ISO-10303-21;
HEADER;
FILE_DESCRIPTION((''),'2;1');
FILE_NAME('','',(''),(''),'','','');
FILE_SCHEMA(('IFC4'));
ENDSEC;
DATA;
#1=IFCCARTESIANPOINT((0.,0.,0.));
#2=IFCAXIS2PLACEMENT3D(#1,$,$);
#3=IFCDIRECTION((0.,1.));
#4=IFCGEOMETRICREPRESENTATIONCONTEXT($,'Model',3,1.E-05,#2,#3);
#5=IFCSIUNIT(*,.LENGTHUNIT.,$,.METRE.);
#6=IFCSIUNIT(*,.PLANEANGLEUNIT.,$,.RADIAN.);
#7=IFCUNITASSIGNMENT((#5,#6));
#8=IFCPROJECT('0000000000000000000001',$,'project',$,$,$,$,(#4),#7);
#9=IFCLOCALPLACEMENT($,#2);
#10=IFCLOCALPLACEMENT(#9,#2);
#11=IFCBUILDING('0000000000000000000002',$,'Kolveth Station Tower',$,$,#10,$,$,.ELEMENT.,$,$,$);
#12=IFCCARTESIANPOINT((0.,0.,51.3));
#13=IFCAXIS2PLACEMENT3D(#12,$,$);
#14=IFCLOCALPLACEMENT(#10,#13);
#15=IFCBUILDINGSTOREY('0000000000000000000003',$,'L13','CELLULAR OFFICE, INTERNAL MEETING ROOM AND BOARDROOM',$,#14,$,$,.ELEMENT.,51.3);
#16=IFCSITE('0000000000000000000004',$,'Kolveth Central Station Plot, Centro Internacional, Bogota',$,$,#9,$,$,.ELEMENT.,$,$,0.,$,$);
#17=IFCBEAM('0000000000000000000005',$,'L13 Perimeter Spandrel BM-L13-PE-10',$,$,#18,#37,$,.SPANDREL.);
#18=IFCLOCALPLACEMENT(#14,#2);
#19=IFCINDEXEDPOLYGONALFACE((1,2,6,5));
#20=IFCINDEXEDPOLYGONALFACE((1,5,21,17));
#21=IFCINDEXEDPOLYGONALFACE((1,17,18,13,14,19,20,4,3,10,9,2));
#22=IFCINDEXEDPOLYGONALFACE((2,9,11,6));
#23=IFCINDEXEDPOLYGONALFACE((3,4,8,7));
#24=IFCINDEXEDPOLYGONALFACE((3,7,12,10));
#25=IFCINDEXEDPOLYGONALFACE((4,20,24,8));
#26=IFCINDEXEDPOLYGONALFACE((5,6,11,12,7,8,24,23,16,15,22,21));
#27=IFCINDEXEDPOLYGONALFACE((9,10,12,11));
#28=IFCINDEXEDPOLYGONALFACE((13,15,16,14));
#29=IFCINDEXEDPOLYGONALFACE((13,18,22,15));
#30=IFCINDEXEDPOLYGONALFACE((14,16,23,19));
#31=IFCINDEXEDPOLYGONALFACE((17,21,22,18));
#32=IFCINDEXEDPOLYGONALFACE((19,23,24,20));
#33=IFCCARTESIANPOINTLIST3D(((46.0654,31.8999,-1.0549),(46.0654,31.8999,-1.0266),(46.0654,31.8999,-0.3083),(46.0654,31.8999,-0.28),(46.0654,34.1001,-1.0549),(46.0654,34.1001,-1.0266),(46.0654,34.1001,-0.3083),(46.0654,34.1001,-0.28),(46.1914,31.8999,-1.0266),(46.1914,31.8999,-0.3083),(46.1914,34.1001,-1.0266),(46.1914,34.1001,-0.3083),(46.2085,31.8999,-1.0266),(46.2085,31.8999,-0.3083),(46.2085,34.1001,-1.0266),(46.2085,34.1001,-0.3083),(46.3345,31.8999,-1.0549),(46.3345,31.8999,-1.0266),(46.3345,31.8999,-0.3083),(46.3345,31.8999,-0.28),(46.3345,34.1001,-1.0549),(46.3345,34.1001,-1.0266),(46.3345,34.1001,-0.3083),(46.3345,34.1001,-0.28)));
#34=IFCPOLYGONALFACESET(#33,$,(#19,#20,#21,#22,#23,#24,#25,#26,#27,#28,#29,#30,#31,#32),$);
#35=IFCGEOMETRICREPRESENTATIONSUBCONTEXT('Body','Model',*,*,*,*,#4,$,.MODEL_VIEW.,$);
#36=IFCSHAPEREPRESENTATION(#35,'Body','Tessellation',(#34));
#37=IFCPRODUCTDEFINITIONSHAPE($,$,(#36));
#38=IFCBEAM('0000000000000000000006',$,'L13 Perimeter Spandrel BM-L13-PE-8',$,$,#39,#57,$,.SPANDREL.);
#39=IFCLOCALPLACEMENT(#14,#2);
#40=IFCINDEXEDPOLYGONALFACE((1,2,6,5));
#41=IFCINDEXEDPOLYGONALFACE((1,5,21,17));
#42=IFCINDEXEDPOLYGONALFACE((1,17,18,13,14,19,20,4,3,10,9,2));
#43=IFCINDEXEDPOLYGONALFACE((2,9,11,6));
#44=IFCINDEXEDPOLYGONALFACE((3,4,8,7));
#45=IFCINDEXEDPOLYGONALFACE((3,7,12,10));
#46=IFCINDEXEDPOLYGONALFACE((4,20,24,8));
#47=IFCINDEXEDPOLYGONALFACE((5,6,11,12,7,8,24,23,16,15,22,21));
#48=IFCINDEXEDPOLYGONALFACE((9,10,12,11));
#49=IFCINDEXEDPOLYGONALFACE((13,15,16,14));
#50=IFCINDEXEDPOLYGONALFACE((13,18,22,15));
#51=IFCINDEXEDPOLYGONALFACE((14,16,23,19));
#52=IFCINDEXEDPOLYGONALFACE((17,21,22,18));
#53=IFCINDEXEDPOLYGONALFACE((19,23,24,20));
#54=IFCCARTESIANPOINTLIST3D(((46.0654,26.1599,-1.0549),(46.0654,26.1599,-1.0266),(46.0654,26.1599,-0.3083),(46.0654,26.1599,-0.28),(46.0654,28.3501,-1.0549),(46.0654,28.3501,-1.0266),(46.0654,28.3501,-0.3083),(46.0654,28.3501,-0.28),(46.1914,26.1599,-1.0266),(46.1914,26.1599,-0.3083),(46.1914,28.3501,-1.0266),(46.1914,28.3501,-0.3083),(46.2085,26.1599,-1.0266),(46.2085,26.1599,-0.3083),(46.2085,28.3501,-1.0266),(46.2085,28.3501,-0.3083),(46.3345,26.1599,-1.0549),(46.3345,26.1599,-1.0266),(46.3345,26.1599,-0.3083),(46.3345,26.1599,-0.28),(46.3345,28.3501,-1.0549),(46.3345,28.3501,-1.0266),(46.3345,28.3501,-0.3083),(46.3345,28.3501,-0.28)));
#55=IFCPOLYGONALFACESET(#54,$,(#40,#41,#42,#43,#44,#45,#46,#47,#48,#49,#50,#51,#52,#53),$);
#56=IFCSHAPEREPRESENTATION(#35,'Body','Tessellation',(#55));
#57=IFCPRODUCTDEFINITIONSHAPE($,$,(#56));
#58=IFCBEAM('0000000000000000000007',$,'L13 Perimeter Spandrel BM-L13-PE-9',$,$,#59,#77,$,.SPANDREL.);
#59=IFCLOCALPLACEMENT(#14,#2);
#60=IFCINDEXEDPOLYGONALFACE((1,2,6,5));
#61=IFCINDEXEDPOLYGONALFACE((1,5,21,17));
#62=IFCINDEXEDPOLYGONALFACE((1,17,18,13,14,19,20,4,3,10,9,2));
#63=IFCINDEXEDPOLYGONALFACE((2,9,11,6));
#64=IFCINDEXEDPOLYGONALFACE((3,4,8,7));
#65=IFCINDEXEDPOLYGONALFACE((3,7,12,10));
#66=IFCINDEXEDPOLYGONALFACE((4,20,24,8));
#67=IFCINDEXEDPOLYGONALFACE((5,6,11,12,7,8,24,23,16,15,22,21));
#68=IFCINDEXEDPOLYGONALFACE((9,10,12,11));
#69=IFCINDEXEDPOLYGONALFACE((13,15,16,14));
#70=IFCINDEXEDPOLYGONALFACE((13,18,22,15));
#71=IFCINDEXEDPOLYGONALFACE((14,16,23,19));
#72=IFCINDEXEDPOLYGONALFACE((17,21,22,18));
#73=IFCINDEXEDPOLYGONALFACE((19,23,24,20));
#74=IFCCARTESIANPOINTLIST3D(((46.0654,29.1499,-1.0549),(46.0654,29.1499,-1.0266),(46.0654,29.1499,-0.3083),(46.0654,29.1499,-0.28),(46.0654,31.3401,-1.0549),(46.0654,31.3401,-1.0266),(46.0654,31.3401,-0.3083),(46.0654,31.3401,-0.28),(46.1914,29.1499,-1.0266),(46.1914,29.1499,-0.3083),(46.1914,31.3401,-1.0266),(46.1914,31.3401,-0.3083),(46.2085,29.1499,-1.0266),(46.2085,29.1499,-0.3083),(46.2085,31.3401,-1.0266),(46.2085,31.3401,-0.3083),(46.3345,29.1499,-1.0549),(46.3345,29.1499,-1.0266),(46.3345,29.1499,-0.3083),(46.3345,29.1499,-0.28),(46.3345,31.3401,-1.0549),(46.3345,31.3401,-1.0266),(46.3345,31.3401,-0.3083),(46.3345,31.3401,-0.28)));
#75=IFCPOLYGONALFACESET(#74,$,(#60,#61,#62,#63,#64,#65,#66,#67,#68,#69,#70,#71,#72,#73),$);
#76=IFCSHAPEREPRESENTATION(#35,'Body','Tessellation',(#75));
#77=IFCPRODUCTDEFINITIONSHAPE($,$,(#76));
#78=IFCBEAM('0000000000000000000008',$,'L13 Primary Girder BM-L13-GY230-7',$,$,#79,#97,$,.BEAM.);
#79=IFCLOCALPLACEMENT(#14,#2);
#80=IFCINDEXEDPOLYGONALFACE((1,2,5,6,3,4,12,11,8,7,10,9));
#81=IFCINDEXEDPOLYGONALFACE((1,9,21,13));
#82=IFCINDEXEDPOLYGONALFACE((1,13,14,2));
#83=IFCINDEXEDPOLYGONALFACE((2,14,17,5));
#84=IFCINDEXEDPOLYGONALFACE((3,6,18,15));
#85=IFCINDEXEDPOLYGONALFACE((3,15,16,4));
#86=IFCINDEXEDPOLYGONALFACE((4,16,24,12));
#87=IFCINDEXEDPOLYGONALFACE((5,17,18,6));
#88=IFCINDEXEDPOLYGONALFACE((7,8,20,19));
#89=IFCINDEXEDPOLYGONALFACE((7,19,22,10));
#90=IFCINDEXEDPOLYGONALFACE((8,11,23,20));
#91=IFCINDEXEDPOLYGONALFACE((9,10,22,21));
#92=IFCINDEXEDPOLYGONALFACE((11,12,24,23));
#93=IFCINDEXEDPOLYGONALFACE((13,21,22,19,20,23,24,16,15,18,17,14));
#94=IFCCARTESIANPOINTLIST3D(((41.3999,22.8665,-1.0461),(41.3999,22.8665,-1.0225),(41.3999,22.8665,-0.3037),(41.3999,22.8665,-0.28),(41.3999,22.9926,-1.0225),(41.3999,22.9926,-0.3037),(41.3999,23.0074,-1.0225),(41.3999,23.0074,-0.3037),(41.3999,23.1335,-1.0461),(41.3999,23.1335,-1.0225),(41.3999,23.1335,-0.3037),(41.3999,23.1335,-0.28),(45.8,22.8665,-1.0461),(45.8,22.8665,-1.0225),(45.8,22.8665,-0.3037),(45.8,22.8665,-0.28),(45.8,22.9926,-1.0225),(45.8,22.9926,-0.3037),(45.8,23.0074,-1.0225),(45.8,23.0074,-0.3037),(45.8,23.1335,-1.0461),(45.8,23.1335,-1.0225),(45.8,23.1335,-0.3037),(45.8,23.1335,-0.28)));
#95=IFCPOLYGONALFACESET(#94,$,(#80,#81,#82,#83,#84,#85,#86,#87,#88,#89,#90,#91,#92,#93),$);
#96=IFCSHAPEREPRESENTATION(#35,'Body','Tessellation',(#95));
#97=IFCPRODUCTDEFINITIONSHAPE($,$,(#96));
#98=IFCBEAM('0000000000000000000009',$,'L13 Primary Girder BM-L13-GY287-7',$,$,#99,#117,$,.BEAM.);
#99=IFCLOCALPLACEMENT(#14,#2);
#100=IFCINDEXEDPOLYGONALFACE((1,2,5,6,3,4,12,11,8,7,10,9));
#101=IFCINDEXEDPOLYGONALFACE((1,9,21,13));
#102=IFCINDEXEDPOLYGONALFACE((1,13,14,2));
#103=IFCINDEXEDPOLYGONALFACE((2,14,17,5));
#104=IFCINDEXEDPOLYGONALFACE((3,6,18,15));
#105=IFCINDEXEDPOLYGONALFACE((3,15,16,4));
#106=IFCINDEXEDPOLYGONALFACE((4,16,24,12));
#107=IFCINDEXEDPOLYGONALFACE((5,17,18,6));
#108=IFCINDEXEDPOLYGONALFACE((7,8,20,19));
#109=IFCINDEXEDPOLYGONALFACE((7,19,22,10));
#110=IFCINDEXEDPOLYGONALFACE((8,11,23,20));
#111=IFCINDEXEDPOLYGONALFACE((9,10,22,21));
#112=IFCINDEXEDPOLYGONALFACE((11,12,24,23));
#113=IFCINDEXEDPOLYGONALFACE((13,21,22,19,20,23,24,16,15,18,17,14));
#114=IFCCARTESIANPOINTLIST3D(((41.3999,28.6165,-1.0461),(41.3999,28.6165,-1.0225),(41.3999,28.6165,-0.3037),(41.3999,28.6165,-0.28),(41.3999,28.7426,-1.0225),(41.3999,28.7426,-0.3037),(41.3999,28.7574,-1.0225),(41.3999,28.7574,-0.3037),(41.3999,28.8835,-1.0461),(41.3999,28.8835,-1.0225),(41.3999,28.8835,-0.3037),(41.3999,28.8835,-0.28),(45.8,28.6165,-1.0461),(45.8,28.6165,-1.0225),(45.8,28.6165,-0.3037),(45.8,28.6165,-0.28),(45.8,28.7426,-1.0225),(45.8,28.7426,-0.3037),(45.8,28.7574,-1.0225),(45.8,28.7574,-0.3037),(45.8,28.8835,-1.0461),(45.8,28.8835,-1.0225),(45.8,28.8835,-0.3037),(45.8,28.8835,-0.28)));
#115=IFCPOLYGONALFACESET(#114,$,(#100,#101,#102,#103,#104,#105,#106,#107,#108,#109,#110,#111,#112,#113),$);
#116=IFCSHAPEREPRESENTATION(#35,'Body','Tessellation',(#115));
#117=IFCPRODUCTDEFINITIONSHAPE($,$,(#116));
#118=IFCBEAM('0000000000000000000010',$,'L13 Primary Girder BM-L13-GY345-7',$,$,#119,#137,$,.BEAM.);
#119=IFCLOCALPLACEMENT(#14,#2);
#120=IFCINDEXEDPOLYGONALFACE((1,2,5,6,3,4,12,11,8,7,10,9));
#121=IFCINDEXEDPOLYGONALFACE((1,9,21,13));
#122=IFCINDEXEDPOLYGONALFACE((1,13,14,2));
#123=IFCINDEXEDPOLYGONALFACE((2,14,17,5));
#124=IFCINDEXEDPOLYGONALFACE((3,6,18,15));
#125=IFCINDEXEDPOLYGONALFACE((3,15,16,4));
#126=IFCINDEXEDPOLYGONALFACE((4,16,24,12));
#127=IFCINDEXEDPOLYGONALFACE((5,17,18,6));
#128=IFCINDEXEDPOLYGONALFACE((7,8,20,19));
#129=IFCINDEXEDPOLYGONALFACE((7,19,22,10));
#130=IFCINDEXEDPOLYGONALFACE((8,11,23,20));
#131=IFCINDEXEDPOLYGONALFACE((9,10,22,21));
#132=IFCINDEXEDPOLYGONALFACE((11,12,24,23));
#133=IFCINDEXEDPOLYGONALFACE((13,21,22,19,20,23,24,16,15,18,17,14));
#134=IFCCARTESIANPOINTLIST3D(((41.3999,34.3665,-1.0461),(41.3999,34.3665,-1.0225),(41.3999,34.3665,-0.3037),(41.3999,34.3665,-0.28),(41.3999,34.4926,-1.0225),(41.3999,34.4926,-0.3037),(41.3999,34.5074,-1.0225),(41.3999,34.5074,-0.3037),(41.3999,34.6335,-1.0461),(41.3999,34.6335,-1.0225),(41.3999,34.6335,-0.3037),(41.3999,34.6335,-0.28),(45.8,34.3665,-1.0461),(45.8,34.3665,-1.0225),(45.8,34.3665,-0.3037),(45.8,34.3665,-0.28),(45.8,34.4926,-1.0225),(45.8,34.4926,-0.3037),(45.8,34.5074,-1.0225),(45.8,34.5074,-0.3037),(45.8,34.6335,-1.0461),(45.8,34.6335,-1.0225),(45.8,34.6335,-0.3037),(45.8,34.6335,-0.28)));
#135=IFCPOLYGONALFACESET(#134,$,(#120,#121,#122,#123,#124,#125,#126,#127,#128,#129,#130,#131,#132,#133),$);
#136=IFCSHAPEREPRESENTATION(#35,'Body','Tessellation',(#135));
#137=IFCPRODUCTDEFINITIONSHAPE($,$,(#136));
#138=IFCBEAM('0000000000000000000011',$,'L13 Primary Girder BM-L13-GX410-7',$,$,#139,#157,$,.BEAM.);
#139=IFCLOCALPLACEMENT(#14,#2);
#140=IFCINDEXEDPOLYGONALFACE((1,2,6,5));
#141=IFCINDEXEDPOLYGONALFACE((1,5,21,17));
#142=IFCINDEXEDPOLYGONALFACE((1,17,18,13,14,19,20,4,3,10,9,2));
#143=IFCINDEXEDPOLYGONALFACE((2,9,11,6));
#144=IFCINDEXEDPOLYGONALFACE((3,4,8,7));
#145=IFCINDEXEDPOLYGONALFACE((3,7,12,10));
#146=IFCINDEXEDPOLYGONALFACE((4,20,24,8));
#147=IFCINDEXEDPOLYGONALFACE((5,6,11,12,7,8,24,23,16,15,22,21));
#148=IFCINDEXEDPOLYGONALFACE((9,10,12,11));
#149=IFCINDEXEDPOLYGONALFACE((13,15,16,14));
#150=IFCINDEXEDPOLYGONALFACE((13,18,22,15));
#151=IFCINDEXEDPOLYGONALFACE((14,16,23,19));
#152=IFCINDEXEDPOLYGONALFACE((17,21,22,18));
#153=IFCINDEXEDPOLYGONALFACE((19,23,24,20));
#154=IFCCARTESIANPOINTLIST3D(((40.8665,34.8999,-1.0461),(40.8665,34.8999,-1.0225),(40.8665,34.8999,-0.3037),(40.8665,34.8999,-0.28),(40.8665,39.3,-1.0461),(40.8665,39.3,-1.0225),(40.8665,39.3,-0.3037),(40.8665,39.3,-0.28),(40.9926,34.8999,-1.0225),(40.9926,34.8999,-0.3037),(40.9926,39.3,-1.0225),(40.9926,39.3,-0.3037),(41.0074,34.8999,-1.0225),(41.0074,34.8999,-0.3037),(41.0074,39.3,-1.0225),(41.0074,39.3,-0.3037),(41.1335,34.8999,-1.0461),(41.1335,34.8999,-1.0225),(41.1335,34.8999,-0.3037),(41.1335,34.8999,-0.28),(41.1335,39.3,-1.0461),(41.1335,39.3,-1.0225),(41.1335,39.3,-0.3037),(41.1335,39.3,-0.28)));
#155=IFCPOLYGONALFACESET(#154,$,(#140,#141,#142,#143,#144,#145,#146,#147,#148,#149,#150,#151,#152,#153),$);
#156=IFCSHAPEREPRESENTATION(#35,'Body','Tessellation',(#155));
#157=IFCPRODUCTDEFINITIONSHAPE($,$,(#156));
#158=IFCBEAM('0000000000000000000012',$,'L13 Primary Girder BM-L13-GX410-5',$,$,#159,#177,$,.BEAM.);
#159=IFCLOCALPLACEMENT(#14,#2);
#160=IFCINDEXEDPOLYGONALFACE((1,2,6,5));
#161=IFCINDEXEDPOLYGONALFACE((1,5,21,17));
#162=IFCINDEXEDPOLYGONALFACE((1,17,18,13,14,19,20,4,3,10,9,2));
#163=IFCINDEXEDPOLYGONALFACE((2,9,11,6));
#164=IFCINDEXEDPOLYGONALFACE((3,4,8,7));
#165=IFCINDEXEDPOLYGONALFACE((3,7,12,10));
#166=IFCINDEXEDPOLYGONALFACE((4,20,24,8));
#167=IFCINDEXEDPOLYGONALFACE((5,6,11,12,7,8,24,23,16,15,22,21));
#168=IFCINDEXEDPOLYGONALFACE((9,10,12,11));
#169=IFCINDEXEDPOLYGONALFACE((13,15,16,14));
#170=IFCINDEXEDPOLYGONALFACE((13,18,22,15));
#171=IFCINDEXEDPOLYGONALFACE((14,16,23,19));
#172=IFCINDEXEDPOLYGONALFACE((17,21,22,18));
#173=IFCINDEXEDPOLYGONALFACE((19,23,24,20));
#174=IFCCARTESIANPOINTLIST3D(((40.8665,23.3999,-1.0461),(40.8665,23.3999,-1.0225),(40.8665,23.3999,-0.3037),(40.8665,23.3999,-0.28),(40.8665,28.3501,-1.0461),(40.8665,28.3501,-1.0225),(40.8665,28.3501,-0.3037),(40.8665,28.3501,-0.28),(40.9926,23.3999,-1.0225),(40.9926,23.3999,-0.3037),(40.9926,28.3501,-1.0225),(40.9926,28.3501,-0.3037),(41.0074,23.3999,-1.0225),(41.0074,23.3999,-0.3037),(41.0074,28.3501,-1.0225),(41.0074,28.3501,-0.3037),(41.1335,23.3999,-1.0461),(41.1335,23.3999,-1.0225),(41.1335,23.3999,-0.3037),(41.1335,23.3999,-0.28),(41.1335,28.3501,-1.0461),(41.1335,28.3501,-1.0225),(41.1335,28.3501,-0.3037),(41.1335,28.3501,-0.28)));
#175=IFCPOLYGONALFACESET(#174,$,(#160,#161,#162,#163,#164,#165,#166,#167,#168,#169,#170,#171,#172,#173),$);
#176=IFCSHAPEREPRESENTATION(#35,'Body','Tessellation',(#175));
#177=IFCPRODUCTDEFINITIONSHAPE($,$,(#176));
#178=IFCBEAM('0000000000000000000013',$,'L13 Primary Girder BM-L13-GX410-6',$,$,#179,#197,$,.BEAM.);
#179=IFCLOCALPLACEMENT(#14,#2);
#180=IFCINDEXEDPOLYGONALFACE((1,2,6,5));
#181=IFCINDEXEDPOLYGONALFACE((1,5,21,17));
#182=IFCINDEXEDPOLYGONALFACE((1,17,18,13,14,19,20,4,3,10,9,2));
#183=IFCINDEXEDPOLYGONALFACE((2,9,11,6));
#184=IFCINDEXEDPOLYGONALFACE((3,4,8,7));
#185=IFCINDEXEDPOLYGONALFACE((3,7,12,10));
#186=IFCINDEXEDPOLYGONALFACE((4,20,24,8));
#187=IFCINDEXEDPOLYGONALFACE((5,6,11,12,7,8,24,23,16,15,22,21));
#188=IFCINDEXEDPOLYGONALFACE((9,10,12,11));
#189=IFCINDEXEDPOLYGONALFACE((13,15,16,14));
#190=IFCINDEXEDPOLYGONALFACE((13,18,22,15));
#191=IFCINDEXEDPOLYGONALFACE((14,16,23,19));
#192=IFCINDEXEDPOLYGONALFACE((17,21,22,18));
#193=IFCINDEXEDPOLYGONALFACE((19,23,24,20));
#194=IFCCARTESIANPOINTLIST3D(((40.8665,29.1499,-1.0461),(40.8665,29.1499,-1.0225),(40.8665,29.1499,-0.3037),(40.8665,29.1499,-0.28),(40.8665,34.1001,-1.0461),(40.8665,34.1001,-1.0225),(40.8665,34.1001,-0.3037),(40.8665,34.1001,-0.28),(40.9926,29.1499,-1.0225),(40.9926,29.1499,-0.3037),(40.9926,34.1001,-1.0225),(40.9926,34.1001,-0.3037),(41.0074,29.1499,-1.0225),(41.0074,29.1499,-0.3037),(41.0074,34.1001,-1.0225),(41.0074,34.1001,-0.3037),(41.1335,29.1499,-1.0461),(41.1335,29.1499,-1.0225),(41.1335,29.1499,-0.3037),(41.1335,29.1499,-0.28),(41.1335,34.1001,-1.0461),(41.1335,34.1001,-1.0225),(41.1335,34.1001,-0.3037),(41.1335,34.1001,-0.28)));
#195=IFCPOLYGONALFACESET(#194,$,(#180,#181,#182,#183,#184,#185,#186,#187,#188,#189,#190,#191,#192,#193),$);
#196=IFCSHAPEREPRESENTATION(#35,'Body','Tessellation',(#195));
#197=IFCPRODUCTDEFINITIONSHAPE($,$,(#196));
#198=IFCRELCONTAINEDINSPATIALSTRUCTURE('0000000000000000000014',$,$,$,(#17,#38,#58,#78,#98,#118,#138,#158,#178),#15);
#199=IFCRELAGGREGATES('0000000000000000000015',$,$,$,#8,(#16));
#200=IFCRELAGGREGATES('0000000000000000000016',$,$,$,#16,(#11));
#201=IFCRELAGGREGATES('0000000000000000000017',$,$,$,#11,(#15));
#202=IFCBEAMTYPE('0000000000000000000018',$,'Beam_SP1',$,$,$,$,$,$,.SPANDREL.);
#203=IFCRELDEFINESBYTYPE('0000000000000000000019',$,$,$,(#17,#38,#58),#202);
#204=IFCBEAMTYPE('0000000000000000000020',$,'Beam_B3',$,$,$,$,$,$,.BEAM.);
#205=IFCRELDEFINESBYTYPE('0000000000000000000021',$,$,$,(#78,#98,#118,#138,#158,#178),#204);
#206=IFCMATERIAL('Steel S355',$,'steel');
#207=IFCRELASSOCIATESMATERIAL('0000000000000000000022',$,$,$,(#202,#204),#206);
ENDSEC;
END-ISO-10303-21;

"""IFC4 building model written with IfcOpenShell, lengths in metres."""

from ifc_helpers import new_model, si_unit, direction, frame, origin, origin_2d, place, context, subcontext, project, spatial, i_section, extrude, source, transform, mapped, material, material_profile, profile_set, type_object, element, save


model = new_model("IFC4")

# Units and contexts
model_context = context("Model", 3, precision=1e-05, world=origin(), true_north=direction((0.0, 1.0)))
body_context = subcontext(model_context, "Body", "Model", "MODEL_VIEW")
ifc_project = project(units=[si_unit("LENGTHUNIT", "METRE"), si_unit("PLANEANGLEUNIT", "RADIAN")], contexts=[model_context])

# Site, building, storey
site_placement = place(None, origin())
site = spatial("IfcSite", under=ifc_project, at=site_placement, Name="Kolveth Central Station Plot, Centro Internacional, Bogota", CompositionType="ELEMENT", RefElevation=0.0)
building_placement = place(site_placement, origin())
building = spatial("IfcBuilding", under=site, at=building_placement, Name="Kolveth Station Tower", CompositionType="ELEMENT")
storey_placement = place(building_placement, frame((0.0, 0.0, 51.3)))
storey = spatial("IfcBuildingStorey", under=building, at=storey_placement, Name="L13", Description="CELLULAR OFFICE, INTERNAL MEETING ROOM AND BOARDROOM", CompositionType="ELEMENT", Elevation=51.3)

# Shared definitions
ifc_material_1 = material(Name="Steel S355", Category="steel")

# Beams
ifc_material_profile_1 = material_profile(ifc_material_1, i_section(OverallWidth=0.269, OverallDepth=0.7749, WebThickness=0.0171, FlangeThickness=0.0283, at=origin_2d()), Name="W760x220")
ifc_profile_set_1 = profile_set([ifc_material_profile_1], Name="Steel S355")
beam_type_1 = type_object("IfcBeamType", Name="Beam_SP1", PredefinedType="SPANDREL", material=ifc_profile_set_1)
shared_shape_1 = source(origin(), body_context, "Body", "SweptSolid", [
    extrude(i_section(OverallWidth=0.269, OverallDepth=0.7749, WebThickness=0.0171, FlangeThickness=0.0283, at=origin_2d()), origin(), (0.0, 0.0, 1.0), 2.2002),
])
for number, where, z_axis, x_axis, name in (
    (1, (46.2, 31.8999, -0.6675), (0.0, 1.0, 0.0), (-1.0, 0.0, 0.0), "L13 Perimeter Spandrel BM-L13-PE-10"),
):
    element("IfcBeam", number, at=place(storey_placement, frame(where, z_axis=z_axis, x_axis=x_axis)), inside=storey, type_object=beam_type_1, Name=name, PredefinedType="SPANDREL", context=body_context, shape_type="MappedRepresentation", body=[
        mapped(shared_shape_1, transform((0.0, 0.0, 0.0), x_axis=(1.0, 0.0, 0.0), y_axis=(0.0, 1.0, 0.0), z_axis=(0.0, 0.0, 1.0), scale=1.0)),
    ])
shared_shape_2 = source(origin(), body_context, "Body", "SweptSolid", [
    extrude(i_section(OverallWidth=0.269, OverallDepth=0.7749, WebThickness=0.0171, FlangeThickness=0.0283, at=origin_2d()), origin(), (0.0, 0.0, 1.0), 2.1902),
])
for number, where, z_axis, x_axis, name in (
    (2, (46.2, 26.1599, -0.6675), (0.0, 1.0, 0.0), (-1.0, 0.0, 0.0), "L13 Perimeter Spandrel BM-L13-PE-8"),
    (3, (46.2, 29.1499, -0.6675), (0.0, 1.0, 0.0), (-1.0, 0.0, 0.0), "L13 Perimeter Spandrel BM-L13-PE-9"),
):
    element("IfcBeam", number, at=place(storey_placement, frame(where, z_axis=z_axis, x_axis=x_axis)), inside=storey, type_object=beam_type_1, Name=name, PredefinedType="SPANDREL", context=body_context, shape_type="MappedRepresentation", body=[
        mapped(shared_shape_2, transform((0.0, 0.0, 0.0), x_axis=(1.0, 0.0, 0.0), y_axis=(0.0, 1.0, 0.0), z_axis=(0.0, 0.0, 1.0), scale=1.0)),
    ])
ifc_material_profile_2 = material_profile(ifc_material_1, i_section(OverallWidth=0.2671, OverallDepth=0.7661, WebThickness=0.0149, FlangeThickness=0.0237, at=origin_2d()), Name="W760x185")
ifc_profile_set_2 = profile_set([ifc_material_profile_2], Name="Steel S355")
beam_type_2 = type_object("IfcBeamType", Name="Beam_B3", PredefinedType="BEAM", material=ifc_profile_set_2)
shared_shape_3 = source(origin(), body_context, "Body", "SweptSolid", [
    extrude(i_section(OverallWidth=0.2671, OverallDepth=0.7661, WebThickness=0.0149, FlangeThickness=0.0237, at=origin_2d()), origin(), (0.0, 0.0, 1.0), 4.4001),
])
for number, where, z_axis, x_axis, name in (
    (4, (41.3999, 23.0, -0.6631), (1.0, 0.0, 0.0), (0.0, 1.0, 0.0), "L13 Primary Girder BM-L13-GY230-7"),
    (5, (41.3999, 28.75, -0.6631), (1.0, 0.0, 0.0), (0.0, 1.0, 0.0), "L13 Primary Girder BM-L13-GY287-7"),
    (6, (41.3999, 34.5, -0.6631), (1.0, 0.0, 0.0), (0.0, 1.0, 0.0), "L13 Primary Girder BM-L13-GY345-7"),
    (7, (41.0, 34.8999, -0.6631), (0.0, 1.0, 0.0), (-1.0, 0.0, 0.0), "L13 Primary Girder BM-L13-GX410-7"),
):
    element("IfcBeam", number, at=place(storey_placement, frame(where, z_axis=z_axis, x_axis=x_axis)), inside=storey, type_object=beam_type_2, Name=name, PredefinedType="BEAM", context=body_context, shape_type="MappedRepresentation", body=[
        mapped(shared_shape_3, transform((0.0, 0.0, 0.0), x_axis=(1.0, 0.0, 0.0), y_axis=(0.0, 1.0, 0.0), z_axis=(0.0, 0.0, 1.0), scale=1.0)),
    ])
shared_shape_4 = source(origin(), body_context, "Body", "SweptSolid", [
    extrude(i_section(OverallWidth=0.2671, OverallDepth=0.7661, WebThickness=0.0149, FlangeThickness=0.0237, at=origin_2d()), origin(), (0.0, 0.0, 1.0), 4.9502),
])
for number, where, z_axis, x_axis, name in (
    (8, (41.0, 23.3999, -0.6631), (0.0, 1.0, 0.0), (-1.0, 0.0, 0.0), "L13 Primary Girder BM-L13-GX410-5"),
    (9, (41.0, 29.1499, -0.6631), (0.0, 1.0, 0.0), (-1.0, 0.0, 0.0), "L13 Primary Girder BM-L13-GX410-6"),
):
    element("IfcBeam", number, at=place(storey_placement, frame(where, z_axis=z_axis, x_axis=x_axis)), inside=storey, type_object=beam_type_2, Name=name, PredefinedType="BEAM", context=body_context, shape_type="MappedRepresentation", body=[
        mapped(shared_shape_4, transform((0.0, 0.0, 0.0), x_axis=(1.0, 0.0, 0.0), y_axis=(0.0, 1.0, 0.0), z_axis=(0.0, 0.0, 1.0), scale=1.0)),
    ])

save(model, "model.ifc")
